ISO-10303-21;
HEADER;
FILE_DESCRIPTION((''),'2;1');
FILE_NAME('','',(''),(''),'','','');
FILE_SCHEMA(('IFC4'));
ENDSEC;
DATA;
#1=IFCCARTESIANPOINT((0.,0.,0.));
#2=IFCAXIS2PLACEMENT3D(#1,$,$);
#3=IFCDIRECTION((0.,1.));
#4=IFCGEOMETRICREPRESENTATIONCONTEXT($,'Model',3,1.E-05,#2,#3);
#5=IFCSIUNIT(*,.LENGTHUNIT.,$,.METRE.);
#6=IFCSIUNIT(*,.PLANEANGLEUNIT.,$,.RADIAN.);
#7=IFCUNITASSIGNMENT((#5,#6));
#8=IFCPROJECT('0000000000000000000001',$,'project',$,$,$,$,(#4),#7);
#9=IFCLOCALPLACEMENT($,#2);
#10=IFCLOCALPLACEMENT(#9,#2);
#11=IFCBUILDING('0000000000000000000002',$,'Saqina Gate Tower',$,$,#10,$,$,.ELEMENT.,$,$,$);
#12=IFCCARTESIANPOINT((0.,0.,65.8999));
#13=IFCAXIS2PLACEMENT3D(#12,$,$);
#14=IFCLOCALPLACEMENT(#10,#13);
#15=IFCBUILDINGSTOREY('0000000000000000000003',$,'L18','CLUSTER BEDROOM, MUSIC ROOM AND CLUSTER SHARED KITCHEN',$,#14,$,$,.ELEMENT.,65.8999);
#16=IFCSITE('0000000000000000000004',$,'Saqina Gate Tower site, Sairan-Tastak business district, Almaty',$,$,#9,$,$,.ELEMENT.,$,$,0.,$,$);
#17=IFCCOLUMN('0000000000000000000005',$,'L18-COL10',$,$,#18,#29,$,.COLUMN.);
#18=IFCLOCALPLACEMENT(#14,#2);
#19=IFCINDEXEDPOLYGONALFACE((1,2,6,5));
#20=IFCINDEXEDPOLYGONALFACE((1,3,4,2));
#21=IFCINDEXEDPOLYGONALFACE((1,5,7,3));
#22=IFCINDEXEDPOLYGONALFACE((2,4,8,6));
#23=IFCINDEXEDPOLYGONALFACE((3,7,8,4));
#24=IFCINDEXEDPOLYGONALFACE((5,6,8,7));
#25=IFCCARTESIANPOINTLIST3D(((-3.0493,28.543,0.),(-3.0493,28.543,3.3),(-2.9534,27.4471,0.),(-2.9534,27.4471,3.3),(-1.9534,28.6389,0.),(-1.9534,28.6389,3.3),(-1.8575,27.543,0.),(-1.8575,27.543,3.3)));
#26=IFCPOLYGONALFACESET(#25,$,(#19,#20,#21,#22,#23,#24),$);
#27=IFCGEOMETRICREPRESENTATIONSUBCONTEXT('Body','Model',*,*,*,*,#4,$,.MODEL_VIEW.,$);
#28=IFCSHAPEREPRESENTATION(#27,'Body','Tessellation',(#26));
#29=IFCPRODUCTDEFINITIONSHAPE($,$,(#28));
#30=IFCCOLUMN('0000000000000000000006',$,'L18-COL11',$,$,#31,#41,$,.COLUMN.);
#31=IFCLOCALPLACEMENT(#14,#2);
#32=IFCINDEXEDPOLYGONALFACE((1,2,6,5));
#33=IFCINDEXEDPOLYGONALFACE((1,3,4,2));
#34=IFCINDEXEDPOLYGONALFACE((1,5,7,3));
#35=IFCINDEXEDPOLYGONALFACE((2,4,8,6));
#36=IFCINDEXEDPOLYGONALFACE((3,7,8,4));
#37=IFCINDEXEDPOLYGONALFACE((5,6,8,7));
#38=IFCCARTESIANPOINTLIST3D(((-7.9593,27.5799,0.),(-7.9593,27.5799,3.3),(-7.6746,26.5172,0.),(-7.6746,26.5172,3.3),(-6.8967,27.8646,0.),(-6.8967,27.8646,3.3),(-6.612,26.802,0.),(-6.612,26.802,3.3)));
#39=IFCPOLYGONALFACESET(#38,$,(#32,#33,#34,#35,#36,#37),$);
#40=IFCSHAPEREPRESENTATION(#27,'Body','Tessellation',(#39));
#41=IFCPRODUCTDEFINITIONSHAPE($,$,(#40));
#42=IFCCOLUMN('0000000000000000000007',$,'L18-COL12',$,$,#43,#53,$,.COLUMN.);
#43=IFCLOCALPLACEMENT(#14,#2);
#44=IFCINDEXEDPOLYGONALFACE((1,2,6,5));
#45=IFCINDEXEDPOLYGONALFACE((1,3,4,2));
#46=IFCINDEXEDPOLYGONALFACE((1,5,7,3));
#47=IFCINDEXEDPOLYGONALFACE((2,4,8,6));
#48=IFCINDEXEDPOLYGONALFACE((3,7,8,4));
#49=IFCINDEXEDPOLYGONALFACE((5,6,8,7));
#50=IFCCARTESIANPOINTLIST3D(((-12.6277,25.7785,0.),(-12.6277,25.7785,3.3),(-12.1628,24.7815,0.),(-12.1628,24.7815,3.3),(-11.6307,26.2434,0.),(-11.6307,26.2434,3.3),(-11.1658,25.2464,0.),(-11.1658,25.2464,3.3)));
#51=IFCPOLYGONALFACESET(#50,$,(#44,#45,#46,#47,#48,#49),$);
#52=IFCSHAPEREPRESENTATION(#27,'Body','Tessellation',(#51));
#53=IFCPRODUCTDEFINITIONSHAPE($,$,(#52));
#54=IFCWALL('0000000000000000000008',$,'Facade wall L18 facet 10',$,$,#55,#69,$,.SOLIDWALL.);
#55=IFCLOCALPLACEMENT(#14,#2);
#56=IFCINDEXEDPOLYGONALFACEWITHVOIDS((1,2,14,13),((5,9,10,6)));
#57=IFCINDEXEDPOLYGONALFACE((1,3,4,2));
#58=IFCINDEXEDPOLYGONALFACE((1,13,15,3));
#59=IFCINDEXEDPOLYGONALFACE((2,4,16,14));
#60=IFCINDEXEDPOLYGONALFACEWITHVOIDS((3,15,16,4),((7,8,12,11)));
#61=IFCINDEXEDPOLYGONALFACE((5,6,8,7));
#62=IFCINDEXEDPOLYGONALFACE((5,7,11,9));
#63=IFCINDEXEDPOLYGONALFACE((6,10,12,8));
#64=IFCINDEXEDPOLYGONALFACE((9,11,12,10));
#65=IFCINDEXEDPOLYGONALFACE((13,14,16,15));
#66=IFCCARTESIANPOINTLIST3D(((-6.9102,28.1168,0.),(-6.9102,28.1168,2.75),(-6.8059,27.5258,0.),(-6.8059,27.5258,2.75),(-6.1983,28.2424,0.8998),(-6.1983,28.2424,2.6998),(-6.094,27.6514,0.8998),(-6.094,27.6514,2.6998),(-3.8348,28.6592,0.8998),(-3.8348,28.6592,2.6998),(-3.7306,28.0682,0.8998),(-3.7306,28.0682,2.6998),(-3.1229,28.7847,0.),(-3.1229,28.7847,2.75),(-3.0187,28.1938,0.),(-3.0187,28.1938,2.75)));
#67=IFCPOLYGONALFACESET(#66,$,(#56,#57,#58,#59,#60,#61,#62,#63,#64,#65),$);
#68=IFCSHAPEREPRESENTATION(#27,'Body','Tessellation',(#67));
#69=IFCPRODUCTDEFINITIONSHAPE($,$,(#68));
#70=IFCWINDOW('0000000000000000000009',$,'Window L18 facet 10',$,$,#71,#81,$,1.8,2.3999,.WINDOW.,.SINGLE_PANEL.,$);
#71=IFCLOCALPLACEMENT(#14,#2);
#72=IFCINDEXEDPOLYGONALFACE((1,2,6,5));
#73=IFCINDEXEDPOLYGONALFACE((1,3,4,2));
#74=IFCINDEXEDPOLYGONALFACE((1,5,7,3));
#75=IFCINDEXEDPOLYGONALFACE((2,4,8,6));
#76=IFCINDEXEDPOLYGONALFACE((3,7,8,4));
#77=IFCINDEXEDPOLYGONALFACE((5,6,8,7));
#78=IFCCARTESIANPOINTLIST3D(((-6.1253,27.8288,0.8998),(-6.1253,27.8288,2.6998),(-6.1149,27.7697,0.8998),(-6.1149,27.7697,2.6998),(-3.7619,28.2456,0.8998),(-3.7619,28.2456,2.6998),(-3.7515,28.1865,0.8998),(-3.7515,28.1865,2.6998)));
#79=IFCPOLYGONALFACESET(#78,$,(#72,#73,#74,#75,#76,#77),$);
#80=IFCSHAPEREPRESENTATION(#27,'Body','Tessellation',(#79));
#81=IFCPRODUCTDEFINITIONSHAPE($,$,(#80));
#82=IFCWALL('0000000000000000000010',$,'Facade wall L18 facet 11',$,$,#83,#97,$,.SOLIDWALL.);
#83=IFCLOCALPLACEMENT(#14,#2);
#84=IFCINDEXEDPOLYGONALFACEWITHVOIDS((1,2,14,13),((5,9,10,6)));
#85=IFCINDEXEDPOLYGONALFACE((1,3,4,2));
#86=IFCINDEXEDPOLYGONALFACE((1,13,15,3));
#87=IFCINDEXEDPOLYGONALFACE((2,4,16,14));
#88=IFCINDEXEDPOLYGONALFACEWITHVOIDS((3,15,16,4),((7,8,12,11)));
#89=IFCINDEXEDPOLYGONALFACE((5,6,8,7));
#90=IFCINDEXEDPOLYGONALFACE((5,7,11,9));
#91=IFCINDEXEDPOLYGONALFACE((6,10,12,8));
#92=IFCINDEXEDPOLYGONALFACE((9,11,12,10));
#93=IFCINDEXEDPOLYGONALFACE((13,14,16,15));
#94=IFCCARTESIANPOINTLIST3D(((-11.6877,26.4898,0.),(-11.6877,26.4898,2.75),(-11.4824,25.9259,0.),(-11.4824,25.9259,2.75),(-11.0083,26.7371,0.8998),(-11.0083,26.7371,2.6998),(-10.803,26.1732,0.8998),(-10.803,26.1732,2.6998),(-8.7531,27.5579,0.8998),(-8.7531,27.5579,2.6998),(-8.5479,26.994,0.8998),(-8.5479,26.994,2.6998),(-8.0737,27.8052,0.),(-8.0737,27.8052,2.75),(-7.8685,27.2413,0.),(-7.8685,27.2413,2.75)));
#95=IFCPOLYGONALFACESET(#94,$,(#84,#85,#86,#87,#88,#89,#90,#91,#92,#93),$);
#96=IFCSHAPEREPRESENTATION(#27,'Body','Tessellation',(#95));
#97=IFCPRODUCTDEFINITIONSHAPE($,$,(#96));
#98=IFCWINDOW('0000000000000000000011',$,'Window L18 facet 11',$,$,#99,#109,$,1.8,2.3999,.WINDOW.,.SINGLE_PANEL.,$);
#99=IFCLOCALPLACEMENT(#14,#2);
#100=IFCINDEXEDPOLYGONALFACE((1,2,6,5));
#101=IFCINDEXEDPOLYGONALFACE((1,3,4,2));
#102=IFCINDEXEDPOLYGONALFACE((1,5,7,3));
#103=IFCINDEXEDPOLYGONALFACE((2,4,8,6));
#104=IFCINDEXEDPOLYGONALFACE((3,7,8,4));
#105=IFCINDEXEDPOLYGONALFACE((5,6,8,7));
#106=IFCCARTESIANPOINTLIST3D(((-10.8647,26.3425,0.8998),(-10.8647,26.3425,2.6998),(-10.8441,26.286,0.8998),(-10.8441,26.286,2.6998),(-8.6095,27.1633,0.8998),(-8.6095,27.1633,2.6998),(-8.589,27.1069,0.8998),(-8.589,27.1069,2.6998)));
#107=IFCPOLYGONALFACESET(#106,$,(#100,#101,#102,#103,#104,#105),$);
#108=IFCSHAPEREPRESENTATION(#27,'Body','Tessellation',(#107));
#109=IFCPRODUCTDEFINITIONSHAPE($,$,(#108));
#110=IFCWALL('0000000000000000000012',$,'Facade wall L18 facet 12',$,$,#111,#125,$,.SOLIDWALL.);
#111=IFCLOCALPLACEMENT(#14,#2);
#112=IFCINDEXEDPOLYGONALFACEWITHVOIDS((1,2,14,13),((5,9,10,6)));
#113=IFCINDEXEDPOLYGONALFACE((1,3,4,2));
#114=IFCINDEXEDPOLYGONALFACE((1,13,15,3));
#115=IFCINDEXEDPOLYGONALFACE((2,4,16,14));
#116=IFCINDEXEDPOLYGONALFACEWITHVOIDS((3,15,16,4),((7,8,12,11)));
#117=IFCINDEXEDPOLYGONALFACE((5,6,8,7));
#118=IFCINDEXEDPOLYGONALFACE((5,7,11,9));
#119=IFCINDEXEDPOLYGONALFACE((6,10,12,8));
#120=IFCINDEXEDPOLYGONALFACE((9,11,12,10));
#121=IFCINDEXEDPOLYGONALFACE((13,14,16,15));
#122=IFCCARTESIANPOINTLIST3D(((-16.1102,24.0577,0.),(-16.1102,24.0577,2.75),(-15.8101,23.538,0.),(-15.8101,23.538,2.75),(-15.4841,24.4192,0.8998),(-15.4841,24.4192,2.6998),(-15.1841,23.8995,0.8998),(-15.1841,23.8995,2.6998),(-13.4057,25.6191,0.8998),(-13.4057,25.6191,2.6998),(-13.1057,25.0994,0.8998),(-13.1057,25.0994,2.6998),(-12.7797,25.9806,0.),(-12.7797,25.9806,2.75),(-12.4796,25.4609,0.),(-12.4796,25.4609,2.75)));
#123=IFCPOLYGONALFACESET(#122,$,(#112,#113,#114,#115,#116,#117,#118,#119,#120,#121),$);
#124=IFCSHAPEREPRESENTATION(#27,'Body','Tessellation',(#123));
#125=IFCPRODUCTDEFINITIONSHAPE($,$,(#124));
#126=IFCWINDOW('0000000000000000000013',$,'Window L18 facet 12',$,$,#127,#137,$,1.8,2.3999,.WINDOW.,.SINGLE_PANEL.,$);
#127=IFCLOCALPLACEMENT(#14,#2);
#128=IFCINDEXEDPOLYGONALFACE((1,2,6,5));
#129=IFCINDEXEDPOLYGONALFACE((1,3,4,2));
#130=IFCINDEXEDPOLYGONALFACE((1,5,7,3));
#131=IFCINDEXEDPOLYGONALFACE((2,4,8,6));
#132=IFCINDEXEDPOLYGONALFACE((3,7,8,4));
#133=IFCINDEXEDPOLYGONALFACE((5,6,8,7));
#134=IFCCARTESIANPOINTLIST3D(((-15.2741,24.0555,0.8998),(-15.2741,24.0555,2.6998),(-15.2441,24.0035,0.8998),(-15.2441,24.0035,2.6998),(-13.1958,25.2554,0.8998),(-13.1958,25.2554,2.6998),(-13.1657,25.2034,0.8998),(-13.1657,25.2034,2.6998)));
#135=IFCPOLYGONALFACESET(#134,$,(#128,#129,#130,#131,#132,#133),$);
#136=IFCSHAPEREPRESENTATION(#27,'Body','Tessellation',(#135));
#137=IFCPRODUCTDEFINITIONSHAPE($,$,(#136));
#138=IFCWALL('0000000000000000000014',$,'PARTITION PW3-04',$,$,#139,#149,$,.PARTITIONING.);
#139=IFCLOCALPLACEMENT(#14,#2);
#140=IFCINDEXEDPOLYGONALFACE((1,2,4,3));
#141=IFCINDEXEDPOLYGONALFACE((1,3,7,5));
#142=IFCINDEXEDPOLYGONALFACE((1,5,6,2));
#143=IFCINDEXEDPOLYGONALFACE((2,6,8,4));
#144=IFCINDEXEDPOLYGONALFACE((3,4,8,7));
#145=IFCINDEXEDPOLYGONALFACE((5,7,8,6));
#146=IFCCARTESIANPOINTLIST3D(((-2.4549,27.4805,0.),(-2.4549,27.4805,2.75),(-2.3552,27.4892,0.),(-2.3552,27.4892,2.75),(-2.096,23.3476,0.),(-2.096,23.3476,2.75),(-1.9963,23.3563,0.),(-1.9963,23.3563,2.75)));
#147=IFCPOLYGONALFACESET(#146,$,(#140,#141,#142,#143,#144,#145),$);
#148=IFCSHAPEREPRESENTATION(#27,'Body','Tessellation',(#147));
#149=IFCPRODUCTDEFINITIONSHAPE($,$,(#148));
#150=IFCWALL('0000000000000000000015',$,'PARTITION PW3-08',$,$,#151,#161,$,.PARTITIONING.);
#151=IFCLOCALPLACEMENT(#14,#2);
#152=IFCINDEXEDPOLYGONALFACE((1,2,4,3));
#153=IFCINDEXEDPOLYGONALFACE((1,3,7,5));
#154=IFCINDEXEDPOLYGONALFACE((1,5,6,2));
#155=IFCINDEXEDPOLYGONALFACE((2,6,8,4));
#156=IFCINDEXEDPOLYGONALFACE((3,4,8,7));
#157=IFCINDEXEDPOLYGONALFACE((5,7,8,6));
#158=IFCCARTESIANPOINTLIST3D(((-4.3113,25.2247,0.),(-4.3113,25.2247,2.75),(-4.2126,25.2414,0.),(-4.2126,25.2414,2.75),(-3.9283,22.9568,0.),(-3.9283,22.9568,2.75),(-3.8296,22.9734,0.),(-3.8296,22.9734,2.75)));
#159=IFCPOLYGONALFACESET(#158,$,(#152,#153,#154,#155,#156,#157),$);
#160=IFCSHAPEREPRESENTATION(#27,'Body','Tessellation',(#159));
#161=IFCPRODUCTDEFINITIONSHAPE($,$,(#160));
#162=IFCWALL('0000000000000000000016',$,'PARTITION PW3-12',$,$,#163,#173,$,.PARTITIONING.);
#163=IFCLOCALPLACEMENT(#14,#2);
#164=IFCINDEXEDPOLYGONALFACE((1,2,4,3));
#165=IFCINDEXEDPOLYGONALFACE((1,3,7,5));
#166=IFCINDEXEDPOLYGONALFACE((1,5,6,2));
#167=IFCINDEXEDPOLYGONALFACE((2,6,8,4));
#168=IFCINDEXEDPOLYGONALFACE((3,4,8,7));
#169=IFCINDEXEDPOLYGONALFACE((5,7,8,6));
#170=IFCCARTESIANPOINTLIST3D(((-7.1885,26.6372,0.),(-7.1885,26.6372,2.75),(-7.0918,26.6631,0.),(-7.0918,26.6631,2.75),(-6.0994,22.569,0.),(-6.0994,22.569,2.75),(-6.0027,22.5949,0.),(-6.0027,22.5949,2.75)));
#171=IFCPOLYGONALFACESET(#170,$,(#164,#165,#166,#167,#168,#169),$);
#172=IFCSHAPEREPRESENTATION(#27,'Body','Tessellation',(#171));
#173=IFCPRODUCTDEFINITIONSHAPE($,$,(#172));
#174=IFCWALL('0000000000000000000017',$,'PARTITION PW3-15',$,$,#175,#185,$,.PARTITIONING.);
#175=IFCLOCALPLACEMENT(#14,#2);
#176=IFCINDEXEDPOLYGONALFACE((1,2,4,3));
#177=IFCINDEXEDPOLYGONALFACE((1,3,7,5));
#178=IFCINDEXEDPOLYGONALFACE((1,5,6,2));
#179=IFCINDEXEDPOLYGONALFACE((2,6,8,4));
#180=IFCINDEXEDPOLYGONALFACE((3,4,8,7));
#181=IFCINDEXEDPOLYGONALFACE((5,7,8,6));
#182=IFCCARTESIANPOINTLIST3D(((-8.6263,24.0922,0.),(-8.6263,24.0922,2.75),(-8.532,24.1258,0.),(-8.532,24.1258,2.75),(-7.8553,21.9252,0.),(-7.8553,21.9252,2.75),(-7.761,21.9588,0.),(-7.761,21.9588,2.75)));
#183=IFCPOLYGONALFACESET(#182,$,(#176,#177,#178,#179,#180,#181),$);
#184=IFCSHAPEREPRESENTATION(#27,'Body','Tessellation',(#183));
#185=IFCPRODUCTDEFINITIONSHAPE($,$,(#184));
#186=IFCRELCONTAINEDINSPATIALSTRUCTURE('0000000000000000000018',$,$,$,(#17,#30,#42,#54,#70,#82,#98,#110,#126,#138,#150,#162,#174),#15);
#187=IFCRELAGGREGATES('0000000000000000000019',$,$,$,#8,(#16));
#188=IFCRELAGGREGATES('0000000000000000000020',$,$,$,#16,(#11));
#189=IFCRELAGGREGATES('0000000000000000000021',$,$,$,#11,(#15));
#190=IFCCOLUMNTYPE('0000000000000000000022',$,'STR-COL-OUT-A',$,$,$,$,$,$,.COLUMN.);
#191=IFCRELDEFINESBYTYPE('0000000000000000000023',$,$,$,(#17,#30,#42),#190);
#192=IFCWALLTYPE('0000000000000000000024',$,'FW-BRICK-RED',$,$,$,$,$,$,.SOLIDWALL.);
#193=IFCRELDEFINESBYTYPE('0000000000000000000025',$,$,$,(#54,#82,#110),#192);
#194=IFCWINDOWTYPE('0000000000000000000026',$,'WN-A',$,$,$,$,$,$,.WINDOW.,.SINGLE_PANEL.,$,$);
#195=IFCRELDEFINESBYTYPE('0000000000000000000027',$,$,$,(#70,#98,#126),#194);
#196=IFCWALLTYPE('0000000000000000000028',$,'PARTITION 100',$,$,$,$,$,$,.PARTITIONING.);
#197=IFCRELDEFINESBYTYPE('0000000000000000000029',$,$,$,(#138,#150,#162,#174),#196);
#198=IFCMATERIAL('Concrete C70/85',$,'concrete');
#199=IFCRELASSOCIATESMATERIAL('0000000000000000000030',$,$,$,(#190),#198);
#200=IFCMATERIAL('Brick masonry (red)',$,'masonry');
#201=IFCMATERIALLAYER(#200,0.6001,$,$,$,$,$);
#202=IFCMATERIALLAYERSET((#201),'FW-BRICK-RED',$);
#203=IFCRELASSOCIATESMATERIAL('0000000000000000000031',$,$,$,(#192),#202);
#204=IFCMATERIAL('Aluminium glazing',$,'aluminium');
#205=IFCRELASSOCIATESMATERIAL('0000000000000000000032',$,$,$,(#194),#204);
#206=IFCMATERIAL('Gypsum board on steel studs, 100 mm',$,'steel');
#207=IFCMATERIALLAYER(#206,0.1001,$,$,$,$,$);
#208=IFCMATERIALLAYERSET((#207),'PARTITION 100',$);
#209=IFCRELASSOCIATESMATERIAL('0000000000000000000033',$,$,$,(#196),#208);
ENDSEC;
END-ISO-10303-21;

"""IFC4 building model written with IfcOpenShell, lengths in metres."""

from ifc_helpers import new_model, si_unit, direction, frame, frame_2d, origin, origin_2d, place, context, subcontext, project, spatial, rectangle, extrude, material, layer, layer_set, material_profile, profile_set, type_object, element, fill, save


model = new_model("IFC4")

# Units and contexts
model_context = context("Model", 3, precision=1e-05, world=origin(), true_north=direction((0.0, 1.0)))
body_context = subcontext(model_context, "Body", "Model", "MODEL_VIEW")
ifc_project = project(units=[si_unit("LENGTHUNIT", "METRE"), si_unit("PLANEANGLEUNIT", "RADIAN")], contexts=[model_context])

# Site, building, storey
site_placement = place(None, origin())
site = spatial("IfcSite", under=ifc_project, at=site_placement, Name="Saqina Gate Tower site, Sairan-Tastak business district, Almaty", CompositionType="ELEMENT", RefElevation=0.0)
building_placement = place(site_placement, origin())
building = spatial("IfcBuilding", under=site, at=building_placement, Name="Saqina Gate Tower", CompositionType="ELEMENT")
storey_placement = place(building_placement, frame((0.0, 0.0, 65.8999)))
storey = spatial("IfcBuildingStorey", under=building, at=storey_placement, Name="L18", Description="CLUSTER BEDROOM, MUSIC ROOM AND CLUSTER SHARED KITCHEN", CompositionType="ELEMENT", Elevation=65.8999)

# Columns
ifc_material_1 = material(Name="Concrete C70/85", Category="concrete")
ifc_material_profile = material_profile(ifc_material_1, rectangle(XDim=1.1001, YDim=1.1001, at=origin_2d()), Name="RC 1100x1100")
ifc_profile_set = profile_set([ifc_material_profile], Name="Concrete C70/85")
column_type = type_object("IfcColumnType", Name="STR-COL-OUT-A", PredefinedType="COLUMN", material=ifc_profile_set)
for number, where, z_axis, x_axis, name in (
    (1, (-2.4534, 28.043, 0.0), (0.0, 0.0, 1.0), (-0.087156, 0.996195, 0.0), "L18-COL10"),
    (2, (-7.2856, 27.1909, 0.0), (0.0, 0.0, 1.0), (-0.258819, 0.965926, 0.0), "L18-COL11"),
    (3, (-11.8967, 25.5125, 0.0), (0.0, 0.0, 1.0), (-0.422618, 0.906308, 0.0), "L18-COL12"),
):
    element("IfcColumn", number, at=place(storey_placement, frame(where, z_axis=z_axis, x_axis=x_axis)), inside=storey, type_object=column_type, Name=name, PredefinedType="COLUMN", context=body_context, shape_type="SweptSolid", body=[
        extrude(rectangle(XDim=1.1001, YDim=1.1001, at=origin_2d()), origin(), (0.0, 0.0, 1.0), 3.3),
    ])

# Walls, openings, windows
ifc_material_2 = material(Name="Brick masonry (red)", Category="masonry")
ifc_layer_1 = layer(ifc_material_2, 0.6001)
ifc_layer_set_1 = layer_set([ifc_layer_1], Name="FW-BRICK-RED")
wall_type_1 = type_object("IfcWallType", Name="FW-BRICK-RED", PredefinedType="SOLIDWALL", material=ifc_layer_set_1)
wall_1_placement = place(storey_placement, frame((-3.0708, 28.4893, 0.0), z_axis=(0.0, 0.0, 1.0), x_axis=(-0.984801, -0.173688, 0.0)))
wall_1 = element("IfcWall", 4, at=wall_1_placement, inside=storey, type_object=wall_type_1, Name="Facade wall L18 facet 10", PredefinedType="SOLIDWALL", context=body_context, shape_type="SweptSolid", body=[
    extrude(rectangle(XDim=3.8457, YDim=0.6001, at=frame_2d((1.9229, 0.0))), origin(), (0.0, 0.0, 1.0), 2.75),
])
opening_1_placement = place(wall_1_placement, frame((0.7229, 0.0, 0.8999)))
opening_1 = element("IfcOpeningElement", 5, at=opening_1_placement, cuts=wall_1, PredefinedType="OPENING", context=body_context, shape_type="SweptSolid", body=[
    extrude(rectangle(XDim=2.3999, YDim=1.8, at=frame_2d((1.2, 0.8999))), frame((0.0, 0.312, 0.0), z_axis=(0.0, -1.0, 0.0), x_axis=(1.0, 0.0, 0.0)), (0.0, 0.0, 1.0), 0.624),
])
ifc_material_3 = material(Name="Aluminium glazing", Category="aluminium")
window_type = type_object("IfcWindowType", Name="WN-A", PartitioningType="SINGLE_PANEL", PredefinedType="WINDOW", material=ifc_material_3)
window_1_placement = place(opening_1_placement, origin())
window_1 = element("IfcWindow", 6, at=window_1_placement, inside=storey, type_object=window_type, Name="Window L18 facet 10", OverallHeight=1.8, OverallWidth=2.3999, PartitioningType="SINGLE_PANEL", PredefinedType="WINDOW", context=body_context, shape_type="SweptSolid", body=[
    extrude(rectangle(XDim=2.3999, YDim=1.8, at=frame_2d((1.2, 0.8999))), frame((0.0, 0.1799, 0.0), z_axis=(0.0, -1.0, 0.0), x_axis=(1.0, 0.0, 0.0)), (0.0, 0.0, 1.0), 0.0601),
])
fill(opening_1, window_1)
wall_2_placement = place(storey_placement, frame((-7.9712, 27.5232, 0.0), z_axis=(0.0, 0.0, 1.0), x_axis=(-0.93969, -0.342028, 0.0)))
wall_2 = element("IfcWall", 7, at=wall_2_placement, inside=storey, type_object=wall_type_1, Name="Facade wall L18 facet 11", PredefinedType="SOLIDWALL", context=body_context, shape_type="SweptSolid", body=[
    extrude(rectangle(XDim=3.8459, YDim=0.6001, at=frame_2d((1.9229, 0.0))), origin(), (0.0, 0.0, 1.0), 2.75),
])
opening_2_placement = place(wall_2_placement, frame((0.7229, 0.0, 0.8999)))
opening_2 = element("IfcOpeningElement", 8, at=opening_2_placement, cuts=wall_2, PredefinedType="OPENING", context=body_context, shape_type="SweptSolid", body=[
    extrude(rectangle(XDim=2.3999, YDim=1.8, at=frame_2d((1.2, 0.8999))), frame((0.0, 0.312, 0.0), z_axis=(0.0, -1.0, 0.0), x_axis=(1.0, 0.0, 0.0)), (0.0, 0.0, 1.0), 0.624),
])
window_2_placement = place(opening_2_placement, origin())
window_2 = element("IfcWindow", 9, at=window_2_placement, inside=storey, type_object=window_type, Name="Window L18 facet 11", OverallHeight=1.8, OverallWidth=2.3999, PartitioningType="SINGLE_PANEL", PredefinedType="WINDOW", context=body_context, shape_type="SweptSolid", body=[
    extrude(rectangle(XDim=2.3999, YDim=1.8, at=frame_2d((1.2, 0.8999))), frame((0.0, 0.1799, 0.0), z_axis=(0.0, -1.0, 0.0), x_axis=(1.0, 0.0, 0.0)), (0.0, 0.0, 1.0), 0.0601),
])
fill(opening_2, window_2)
wall_3_placement = place(storey_placement, frame((-12.6296, 25.7207, 0.0), z_axis=(0.0, 0.0, 1.0), x_axis=(-0.866031, -0.49999, 0.0)))
wall_3 = element("IfcWall", 10, at=wall_3_placement, inside=storey, type_object=wall_type_1, Name="Facade wall L18 facet 12", PredefinedType="SOLIDWALL", context=body_context, shape_type="SweptSolid", body=[
    extrude(rectangle(XDim=3.8457, YDim=0.6001, at=frame_2d((1.9229, 0.0))), origin(), (0.0, 0.0, 1.0), 2.75),
])
opening_3_placement = place(wall_3_placement, frame((0.7229, 0.0, 0.8999)))
opening_3 = element("IfcOpeningElement", 11, at=opening_3_placement, cuts=wall_3, PredefinedType="OPENING", context=body_context, shape_type="SweptSolid", body=[
    extrude(rectangle(XDim=2.3999, YDim=1.8, at=frame_2d((1.2, 0.8999))), frame((0.0, 0.312, 0.0), z_axis=(0.0, -1.0, 0.0), x_axis=(1.0, 0.0, 0.0)), (0.0, 0.0, 1.0), 0.624),
])
window_3_placement = place(opening_3_placement, origin())
window_3 = element("IfcWindow", 12, at=window_3_placement, inside=storey, type_object=window_type, Name="Window L18 facet 12", OverallHeight=1.8, OverallWidth=2.3999, PartitioningType="SINGLE_PANEL", PredefinedType="WINDOW", context=body_context, shape_type="SweptSolid", body=[
    extrude(rectangle(XDim=2.3999, YDim=1.8, at=frame_2d((1.2, 0.8999))), frame((0.0, 0.1799, 0.0), z_axis=(0.0, -1.0, 0.0), x_axis=(1.0, 0.0, 0.0)), (0.0, 0.0, 1.0), 0.0601),
])
fill(opening_3, window_3)

# Walls
ifc_material_4 = material(Name="Gypsum board on steel studs, 100 mm", Category="steel")
ifc_layer_2 = layer(ifc_material_4, 0.1001)
ifc_layer_set_2 = layer_set([ifc_layer_2], Name="PARTITION 100")
wall_type_2 = type_object("IfcWallType", Name="PARTITION 100", PredefinedType="PARTITIONING", material=ifc_layer_set_2)
wall_4_placement = place(storey_placement, frame((-2.405, 27.4849, 0.0), z_axis=(0.0, 0.0, 1.0), x_axis=(0.086513, -0.996251, 0.0)))
element("IfcWall", 13, at=wall_4_placement, inside=storey, type_object=wall_type_2, Name="PARTITION PW3-04", PredefinedType="PARTITIONING", context=body_context, shape_type="SweptSolid", body=[
    extrude(rectangle(XDim=4.1484, YDim=0.1001, at=frame_2d((2.0742, 0.0))), origin(), (0.0, 0.0, 1.0), 2.75),
])
wall_5_placement = place(storey_placement, frame((-4.262, 25.2329, 0.0), z_axis=(0.0, 0.0, 1.0), x_axis=(0.16655, -0.986033, 0.0)))
element("IfcWall", 14, at=wall_5_placement, inside=storey, type_object=wall_type_2, Name="PARTITION PW3-08", PredefinedType="PARTITIONING", context=body_context, shape_type="SweptSolid", body=[
    extrude(rectangle(XDim=2.3, YDim=0.1001, at=frame_2d((1.1499, 0.0))), origin(), (0.0, 0.0, 1.0), 2.75),
])
wall_6_placement = place(storey_placement, frame((-7.1401, 26.6501, 0.0), z_axis=(0.0, 0.0, 1.0), x_axis=(0.258611, -0.965981, 0.0)))
element("IfcWall", 15, at=wall_6_placement, inside=storey, type_object=wall_type_2, Name="PARTITION PW3-12", PredefinedType="PARTITIONING", context=body_context, shape_type="SweptSolid", body=[
    extrude(rectangle(XDim=4.2114, YDim=0.1001, at=frame_2d((2.1057, 0.0))), origin(), (0.0, 0.0, 1.0), 2.75),
])
wall_7_placement = place(storey_placement, frame((-8.5791, 24.1089, 0.0), z_axis=(0.0, 0.0, 1.0), x_axis=(0.335207, -0.942145, 0.0)))
element("IfcWall", 16, at=wall_7_placement, inside=storey, type_object=wall_type_2, Name="PARTITION PW3-15", PredefinedType="PARTITIONING", context=body_context, shape_type="SweptSolid", body=[
    extrude(rectangle(XDim=2.3, YDim=0.1001, at=frame_2d((1.1499, 0.0))), origin(), (0.0, 0.0, 1.0), 2.75),
])

save(model, "model.ifc")
